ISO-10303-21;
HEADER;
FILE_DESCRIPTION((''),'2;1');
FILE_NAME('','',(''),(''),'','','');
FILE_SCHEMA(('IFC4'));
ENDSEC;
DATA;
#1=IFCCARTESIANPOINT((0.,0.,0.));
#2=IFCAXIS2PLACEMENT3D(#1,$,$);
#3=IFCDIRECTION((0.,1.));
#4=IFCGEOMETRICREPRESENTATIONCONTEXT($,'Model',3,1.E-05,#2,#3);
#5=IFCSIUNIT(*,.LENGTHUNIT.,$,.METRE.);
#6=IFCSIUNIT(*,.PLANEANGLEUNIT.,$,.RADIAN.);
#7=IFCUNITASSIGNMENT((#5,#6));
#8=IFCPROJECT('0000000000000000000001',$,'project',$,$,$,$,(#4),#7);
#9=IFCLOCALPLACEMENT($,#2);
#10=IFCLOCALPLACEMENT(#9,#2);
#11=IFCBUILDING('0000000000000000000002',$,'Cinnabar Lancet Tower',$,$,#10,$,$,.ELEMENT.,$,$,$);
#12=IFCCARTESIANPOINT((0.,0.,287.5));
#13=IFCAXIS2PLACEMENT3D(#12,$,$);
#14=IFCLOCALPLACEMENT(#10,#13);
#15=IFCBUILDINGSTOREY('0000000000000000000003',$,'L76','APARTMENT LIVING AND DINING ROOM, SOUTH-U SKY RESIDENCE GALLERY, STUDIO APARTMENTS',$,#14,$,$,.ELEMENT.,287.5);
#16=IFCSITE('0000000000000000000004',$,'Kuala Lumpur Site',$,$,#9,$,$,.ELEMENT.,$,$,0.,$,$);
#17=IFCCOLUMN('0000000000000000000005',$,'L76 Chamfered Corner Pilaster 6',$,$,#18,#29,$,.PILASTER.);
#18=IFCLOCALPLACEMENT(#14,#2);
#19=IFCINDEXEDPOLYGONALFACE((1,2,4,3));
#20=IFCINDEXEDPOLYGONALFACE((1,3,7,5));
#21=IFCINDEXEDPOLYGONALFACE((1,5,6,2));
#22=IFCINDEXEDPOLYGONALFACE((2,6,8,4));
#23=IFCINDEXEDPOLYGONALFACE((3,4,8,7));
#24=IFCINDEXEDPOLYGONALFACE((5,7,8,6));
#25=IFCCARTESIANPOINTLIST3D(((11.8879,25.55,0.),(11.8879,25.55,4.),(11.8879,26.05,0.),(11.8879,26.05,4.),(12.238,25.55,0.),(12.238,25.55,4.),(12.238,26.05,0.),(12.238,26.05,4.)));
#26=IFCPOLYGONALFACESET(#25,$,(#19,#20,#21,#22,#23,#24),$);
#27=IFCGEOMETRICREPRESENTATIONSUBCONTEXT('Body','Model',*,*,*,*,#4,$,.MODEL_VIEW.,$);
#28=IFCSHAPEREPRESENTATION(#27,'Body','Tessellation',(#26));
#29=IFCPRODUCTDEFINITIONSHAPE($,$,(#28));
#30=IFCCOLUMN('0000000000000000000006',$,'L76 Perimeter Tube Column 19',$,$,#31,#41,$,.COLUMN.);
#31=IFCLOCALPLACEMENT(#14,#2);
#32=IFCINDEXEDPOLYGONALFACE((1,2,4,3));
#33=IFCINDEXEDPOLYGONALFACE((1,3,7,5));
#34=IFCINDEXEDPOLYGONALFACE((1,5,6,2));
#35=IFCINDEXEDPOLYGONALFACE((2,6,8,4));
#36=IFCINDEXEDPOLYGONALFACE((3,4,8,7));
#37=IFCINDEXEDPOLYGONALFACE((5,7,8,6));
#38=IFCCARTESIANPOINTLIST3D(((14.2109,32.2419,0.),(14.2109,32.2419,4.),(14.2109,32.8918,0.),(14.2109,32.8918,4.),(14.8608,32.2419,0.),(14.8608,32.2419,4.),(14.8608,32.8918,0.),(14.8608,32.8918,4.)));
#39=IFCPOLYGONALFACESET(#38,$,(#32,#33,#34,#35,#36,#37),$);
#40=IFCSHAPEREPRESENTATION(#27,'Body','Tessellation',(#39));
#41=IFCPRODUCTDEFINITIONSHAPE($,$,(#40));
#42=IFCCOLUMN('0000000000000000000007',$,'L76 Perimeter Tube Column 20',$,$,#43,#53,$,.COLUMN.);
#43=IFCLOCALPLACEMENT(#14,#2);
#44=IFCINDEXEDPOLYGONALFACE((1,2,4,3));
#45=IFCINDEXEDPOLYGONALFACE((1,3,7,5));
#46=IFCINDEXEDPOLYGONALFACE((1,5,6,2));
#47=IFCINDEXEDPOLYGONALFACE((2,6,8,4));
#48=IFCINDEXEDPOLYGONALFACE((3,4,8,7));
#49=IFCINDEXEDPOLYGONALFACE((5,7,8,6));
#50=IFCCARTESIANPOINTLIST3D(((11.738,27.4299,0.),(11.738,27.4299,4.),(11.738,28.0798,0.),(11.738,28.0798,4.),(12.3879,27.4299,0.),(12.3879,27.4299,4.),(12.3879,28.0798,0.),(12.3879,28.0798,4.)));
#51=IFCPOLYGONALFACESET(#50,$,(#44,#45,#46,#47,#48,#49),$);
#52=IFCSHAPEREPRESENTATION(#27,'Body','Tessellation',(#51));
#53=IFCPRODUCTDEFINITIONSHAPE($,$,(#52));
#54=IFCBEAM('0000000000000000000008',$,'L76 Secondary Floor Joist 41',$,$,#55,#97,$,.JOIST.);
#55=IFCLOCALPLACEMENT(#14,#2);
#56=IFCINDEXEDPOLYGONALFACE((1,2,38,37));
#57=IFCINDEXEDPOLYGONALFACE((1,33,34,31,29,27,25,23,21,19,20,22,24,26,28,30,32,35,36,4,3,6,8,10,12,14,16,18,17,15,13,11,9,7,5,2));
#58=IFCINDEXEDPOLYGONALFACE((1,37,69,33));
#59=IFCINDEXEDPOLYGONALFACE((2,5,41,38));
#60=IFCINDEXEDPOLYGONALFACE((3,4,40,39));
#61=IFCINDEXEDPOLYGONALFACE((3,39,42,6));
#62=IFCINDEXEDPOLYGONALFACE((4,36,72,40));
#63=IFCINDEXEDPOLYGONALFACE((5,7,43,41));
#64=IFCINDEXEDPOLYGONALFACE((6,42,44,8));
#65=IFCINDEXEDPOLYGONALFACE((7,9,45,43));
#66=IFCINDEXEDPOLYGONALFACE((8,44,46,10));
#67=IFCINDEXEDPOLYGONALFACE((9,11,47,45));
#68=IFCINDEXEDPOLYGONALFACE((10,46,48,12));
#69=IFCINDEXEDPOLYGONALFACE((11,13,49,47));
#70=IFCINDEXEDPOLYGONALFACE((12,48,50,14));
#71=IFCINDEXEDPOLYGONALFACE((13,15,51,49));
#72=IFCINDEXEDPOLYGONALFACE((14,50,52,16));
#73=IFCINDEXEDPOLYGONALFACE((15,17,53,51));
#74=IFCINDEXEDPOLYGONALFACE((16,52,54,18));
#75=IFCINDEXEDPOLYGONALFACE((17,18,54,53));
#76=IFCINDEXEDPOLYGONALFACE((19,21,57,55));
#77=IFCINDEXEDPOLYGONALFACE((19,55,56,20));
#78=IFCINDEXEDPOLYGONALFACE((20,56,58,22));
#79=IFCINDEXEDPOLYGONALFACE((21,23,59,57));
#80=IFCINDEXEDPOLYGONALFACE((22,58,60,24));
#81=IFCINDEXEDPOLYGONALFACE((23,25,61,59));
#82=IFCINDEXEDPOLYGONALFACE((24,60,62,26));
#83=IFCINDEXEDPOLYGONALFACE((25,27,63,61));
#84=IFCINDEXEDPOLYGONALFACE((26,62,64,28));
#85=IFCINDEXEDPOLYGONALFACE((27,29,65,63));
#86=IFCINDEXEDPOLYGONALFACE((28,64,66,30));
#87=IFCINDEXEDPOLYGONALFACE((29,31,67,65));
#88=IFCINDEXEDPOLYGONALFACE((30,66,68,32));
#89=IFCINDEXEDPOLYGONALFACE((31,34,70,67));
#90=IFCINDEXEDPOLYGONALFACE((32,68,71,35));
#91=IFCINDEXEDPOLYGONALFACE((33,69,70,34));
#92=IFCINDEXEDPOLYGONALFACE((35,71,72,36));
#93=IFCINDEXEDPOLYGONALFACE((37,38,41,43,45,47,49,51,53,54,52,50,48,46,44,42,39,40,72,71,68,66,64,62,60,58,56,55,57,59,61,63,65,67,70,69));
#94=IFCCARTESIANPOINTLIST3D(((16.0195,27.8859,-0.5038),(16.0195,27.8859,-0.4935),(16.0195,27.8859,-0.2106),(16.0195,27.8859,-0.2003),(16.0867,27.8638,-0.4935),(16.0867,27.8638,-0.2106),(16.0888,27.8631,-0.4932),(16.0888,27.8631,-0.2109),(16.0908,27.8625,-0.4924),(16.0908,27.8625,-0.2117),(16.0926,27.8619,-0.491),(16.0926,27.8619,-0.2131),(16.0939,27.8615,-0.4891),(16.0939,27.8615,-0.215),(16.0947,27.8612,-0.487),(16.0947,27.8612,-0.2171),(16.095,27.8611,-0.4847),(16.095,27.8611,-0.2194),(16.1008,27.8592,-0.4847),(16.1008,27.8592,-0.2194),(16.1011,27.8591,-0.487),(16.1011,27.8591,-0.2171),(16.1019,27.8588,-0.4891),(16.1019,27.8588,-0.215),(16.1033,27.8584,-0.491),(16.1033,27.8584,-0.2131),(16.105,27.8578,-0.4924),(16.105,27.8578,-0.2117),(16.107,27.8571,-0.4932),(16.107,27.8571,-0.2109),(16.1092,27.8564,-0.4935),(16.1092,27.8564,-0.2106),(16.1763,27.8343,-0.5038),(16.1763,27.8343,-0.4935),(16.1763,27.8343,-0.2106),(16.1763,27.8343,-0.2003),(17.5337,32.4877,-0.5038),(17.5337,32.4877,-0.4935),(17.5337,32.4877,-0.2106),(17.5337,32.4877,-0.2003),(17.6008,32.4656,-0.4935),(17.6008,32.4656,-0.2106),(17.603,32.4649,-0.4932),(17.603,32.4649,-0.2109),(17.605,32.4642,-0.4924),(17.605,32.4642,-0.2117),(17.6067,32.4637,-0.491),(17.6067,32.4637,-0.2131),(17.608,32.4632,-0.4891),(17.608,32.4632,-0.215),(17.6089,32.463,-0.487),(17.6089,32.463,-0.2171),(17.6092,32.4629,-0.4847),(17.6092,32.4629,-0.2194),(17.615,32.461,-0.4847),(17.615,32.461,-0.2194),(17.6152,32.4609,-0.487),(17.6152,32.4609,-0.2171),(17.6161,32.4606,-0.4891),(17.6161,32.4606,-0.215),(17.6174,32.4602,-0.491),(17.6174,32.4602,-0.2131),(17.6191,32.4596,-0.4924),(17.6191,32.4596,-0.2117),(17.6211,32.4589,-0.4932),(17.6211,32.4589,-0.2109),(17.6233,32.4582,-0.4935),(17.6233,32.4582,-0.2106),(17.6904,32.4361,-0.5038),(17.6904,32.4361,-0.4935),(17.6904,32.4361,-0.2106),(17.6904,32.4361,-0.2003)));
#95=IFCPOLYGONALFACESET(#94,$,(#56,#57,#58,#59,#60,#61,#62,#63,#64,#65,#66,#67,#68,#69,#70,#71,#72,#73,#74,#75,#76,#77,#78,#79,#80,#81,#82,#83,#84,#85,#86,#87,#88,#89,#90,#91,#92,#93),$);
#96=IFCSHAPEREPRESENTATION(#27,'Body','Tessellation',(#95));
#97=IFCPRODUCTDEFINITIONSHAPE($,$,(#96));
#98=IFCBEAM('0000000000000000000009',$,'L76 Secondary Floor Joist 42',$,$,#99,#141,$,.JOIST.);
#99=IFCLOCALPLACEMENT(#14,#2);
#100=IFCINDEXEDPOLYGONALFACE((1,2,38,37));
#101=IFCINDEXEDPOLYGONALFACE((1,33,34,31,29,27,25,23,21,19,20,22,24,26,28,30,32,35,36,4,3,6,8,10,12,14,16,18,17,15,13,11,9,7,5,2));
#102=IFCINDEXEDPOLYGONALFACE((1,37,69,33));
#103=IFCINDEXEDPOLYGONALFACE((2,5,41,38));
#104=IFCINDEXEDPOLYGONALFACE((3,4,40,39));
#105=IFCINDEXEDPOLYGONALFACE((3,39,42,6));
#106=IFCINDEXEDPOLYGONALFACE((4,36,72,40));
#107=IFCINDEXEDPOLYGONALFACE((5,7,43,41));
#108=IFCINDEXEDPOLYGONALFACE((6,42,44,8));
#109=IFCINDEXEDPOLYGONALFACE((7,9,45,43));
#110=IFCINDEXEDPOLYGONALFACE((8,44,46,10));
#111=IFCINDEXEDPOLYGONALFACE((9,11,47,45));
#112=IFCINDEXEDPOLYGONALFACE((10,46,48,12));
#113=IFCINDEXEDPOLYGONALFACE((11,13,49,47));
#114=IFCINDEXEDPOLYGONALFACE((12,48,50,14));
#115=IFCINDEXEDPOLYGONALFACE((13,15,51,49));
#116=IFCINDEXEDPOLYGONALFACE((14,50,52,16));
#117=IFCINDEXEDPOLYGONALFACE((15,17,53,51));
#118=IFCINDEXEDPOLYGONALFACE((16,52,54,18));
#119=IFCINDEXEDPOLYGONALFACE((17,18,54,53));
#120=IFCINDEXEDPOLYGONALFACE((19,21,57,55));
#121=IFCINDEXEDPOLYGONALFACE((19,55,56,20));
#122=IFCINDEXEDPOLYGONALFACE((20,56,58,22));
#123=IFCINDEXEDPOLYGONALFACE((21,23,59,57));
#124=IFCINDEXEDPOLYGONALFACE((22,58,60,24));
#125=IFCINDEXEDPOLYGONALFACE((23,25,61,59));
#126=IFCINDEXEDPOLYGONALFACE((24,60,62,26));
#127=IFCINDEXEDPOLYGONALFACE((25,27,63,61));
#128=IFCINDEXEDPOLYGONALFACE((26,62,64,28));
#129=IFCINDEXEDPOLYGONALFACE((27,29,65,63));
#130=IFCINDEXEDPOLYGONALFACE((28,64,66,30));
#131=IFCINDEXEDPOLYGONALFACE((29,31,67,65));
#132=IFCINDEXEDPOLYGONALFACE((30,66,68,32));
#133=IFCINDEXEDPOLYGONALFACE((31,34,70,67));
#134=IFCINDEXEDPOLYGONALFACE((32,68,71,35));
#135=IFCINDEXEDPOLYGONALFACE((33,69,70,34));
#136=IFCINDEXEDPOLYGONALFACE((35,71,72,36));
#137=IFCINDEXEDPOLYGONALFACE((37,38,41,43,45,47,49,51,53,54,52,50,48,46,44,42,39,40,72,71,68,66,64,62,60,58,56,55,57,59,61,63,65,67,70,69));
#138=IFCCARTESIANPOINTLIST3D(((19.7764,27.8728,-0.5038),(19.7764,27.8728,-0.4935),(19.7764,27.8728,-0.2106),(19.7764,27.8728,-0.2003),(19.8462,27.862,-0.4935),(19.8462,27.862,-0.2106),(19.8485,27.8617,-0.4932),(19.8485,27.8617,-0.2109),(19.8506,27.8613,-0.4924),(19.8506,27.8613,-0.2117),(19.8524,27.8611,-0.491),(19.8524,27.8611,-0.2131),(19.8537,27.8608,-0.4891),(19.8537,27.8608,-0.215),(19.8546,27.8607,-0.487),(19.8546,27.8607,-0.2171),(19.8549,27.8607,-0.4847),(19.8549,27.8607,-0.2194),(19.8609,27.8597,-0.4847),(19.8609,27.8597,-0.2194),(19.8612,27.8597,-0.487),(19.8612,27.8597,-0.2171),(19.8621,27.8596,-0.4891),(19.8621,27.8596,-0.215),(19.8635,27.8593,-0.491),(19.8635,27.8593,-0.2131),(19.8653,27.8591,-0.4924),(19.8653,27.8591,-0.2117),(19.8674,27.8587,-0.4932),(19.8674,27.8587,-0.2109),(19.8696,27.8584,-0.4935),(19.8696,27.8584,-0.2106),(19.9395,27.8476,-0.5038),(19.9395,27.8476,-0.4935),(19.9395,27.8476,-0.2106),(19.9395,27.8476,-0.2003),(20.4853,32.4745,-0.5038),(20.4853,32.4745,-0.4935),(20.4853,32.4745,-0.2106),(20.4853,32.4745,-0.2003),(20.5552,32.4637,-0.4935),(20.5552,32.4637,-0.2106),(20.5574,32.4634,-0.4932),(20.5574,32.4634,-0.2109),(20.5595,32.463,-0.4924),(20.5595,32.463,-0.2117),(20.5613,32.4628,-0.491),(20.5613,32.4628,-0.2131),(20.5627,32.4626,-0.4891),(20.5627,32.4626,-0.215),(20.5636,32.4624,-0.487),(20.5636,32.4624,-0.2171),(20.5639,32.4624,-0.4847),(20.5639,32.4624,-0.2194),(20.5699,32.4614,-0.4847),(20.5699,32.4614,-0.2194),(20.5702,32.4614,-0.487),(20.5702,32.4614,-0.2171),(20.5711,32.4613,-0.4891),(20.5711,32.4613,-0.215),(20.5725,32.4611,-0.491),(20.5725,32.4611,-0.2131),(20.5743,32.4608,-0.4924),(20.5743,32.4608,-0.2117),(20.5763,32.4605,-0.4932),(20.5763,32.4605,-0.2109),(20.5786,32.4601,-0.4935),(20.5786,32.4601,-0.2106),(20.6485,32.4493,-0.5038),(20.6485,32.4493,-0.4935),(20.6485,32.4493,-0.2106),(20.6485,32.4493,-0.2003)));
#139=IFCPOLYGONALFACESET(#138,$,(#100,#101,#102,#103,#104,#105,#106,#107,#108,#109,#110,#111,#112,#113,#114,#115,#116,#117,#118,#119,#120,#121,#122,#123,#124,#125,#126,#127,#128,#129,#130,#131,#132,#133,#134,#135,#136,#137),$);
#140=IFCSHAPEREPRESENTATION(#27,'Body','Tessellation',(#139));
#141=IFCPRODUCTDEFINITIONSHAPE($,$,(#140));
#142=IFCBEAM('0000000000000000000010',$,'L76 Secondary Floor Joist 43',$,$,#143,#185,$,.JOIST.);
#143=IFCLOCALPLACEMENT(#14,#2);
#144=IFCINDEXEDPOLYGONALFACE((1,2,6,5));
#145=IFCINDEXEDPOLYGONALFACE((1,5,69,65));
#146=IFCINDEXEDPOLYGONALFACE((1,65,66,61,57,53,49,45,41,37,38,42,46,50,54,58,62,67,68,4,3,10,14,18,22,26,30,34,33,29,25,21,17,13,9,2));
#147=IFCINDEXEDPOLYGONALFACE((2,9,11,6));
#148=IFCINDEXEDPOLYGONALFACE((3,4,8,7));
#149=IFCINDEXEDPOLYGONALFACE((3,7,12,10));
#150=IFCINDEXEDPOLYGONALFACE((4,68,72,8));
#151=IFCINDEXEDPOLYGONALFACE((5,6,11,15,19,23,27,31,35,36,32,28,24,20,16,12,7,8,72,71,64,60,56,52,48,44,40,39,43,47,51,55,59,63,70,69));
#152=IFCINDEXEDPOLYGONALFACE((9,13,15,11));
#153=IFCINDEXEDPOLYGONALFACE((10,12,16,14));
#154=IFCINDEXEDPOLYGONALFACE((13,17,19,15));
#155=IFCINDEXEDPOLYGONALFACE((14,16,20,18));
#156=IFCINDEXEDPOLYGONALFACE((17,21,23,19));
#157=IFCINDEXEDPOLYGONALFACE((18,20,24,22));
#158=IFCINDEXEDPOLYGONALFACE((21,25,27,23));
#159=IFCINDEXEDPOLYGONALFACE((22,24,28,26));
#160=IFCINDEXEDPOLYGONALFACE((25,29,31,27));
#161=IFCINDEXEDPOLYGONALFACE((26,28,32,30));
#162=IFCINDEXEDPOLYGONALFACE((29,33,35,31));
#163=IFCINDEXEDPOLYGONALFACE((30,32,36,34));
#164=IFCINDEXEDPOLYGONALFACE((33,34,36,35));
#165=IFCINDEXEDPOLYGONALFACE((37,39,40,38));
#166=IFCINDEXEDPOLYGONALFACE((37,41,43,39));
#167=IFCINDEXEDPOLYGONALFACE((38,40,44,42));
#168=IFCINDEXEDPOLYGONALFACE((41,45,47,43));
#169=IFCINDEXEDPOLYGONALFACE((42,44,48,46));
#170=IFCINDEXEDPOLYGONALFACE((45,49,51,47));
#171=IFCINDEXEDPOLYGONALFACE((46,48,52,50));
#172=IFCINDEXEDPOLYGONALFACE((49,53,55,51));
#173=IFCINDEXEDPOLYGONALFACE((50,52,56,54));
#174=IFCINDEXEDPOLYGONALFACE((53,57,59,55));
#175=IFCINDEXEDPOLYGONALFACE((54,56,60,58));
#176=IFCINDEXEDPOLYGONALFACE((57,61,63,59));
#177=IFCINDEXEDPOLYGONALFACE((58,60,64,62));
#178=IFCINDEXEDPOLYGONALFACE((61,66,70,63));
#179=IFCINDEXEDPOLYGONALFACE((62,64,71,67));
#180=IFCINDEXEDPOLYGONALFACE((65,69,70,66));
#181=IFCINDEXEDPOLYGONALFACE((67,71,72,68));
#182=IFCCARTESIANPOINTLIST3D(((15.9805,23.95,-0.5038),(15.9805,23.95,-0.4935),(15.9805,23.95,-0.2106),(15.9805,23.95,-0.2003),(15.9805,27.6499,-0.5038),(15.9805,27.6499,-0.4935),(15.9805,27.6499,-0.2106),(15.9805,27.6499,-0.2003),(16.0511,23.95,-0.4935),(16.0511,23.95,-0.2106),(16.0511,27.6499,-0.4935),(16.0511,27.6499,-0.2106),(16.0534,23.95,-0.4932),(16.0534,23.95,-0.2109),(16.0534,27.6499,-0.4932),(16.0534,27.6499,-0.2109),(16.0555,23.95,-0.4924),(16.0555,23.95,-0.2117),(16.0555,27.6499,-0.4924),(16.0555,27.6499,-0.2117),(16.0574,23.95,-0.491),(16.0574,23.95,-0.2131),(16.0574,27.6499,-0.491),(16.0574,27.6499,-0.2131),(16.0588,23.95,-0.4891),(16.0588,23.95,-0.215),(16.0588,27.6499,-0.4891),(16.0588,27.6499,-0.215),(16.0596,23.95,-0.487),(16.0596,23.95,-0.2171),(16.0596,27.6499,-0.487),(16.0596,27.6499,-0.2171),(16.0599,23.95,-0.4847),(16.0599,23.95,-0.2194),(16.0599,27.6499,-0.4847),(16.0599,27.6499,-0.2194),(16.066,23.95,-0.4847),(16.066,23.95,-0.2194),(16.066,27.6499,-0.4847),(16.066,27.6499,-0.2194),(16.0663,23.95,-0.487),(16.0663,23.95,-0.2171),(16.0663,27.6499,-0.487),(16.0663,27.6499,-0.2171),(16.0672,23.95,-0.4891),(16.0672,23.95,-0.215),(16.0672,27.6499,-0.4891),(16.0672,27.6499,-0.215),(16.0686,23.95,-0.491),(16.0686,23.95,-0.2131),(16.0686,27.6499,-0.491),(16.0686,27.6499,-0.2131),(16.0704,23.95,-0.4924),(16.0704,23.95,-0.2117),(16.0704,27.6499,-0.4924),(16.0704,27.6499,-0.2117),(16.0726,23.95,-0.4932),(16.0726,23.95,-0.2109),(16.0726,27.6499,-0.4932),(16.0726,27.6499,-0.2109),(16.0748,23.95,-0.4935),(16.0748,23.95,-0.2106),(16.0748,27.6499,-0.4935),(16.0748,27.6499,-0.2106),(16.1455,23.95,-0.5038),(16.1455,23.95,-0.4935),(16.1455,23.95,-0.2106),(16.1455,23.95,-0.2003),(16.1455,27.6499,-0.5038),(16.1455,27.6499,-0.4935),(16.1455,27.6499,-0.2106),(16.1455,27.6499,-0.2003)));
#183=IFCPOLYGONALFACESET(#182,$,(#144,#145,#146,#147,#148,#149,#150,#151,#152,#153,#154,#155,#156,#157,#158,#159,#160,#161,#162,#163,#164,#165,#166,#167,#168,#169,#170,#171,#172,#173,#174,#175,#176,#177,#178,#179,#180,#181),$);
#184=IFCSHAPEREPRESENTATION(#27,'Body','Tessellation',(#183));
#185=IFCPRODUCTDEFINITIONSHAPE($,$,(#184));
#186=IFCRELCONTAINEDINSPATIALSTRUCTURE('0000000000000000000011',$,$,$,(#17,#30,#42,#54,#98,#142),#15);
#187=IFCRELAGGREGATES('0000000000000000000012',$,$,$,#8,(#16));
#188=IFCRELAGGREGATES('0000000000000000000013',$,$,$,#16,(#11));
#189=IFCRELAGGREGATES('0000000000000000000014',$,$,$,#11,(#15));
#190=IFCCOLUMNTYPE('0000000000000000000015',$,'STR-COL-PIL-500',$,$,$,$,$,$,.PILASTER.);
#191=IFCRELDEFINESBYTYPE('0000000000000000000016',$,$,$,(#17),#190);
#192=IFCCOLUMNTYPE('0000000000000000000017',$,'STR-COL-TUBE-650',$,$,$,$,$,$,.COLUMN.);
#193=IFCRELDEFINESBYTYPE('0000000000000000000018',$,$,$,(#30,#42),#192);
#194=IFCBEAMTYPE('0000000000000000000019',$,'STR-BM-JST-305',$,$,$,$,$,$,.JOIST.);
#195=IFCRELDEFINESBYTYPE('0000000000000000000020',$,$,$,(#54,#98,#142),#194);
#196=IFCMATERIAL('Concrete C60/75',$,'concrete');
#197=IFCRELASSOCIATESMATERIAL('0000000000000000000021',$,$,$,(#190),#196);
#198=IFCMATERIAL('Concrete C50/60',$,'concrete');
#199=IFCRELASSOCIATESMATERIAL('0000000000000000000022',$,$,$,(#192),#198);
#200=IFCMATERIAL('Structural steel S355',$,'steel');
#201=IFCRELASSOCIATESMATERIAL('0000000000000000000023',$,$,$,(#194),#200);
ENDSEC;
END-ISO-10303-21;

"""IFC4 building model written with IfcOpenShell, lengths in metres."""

from ifc_helpers import new_model, si_unit, direction, frame, origin, origin_2d, place, context, subcontext, project, spatial, rectangle, i_section, extrude, material, material_profile, profile_set, type_object, element, save


model = new_model("IFC4")

# Units and contexts
model_context = context("Model", 3, precision=1e-05, world=origin(), true_north=direction((0.0, 1.0)))
body_context = subcontext(model_context, "Body", "Model", "MODEL_VIEW")
ifc_project = project(units=[si_unit("LENGTHUNIT", "METRE"), si_unit("PLANEANGLEUNIT", "RADIAN")], contexts=[model_context])

# Site, building, storey
site_placement = place(None, origin())
site = spatial("IfcSite", under=ifc_project, at=site_placement, Name="Kuala Lumpur Site", CompositionType="ELEMENT", RefElevation=0.0)
building_placement = place(site_placement, origin())
building = spatial("IfcBuilding", under=site, at=building_placement, Name="Cinnabar Lancet Tower", CompositionType="ELEMENT")
storey_placement = place(building_placement, frame((0.0, 0.0, 287.5)))
storey = spatial("IfcBuildingStorey", under=building, at=storey_placement, Name="L76", Description="APARTMENT LIVING AND DINING ROOM, SOUTH-U SKY RESIDENCE GALLERY, STUDIO APARTMENTS", CompositionType="ELEMENT", Elevation=287.5)

# Columns
ifc_material_1 = material(Name="Concrete C60/75", Category="concrete")
ifc_material_profile_1 = material_profile(ifc_material_1, rectangle(XDim=0.5, YDim=0.3501, at=origin_2d()), Name="RC-PIL 500x350")
ifc_profile_set_1 = profile_set([ifc_material_profile_1], Name="Concrete C60/75")
column_type_1 = type_object("IfcColumnType", Name="STR-COL-PIL-500", PredefinedType="PILASTER", material=ifc_profile_set_1)
column_placement = place(storey_placement, frame((12.063, 25.8, 0.0), z_axis=(0.0, 0.0, 1.0), x_axis=(0.0, -1.0, 0.0)))
element("IfcColumn", 1, at=column_placement, inside=storey, type_object=column_type_1, Name="L76 Chamfered Corner Pilaster 6", PredefinedType="PILASTER", context=body_context, shape_type="SweptSolid", body=[
    extrude(rectangle(XDim=0.5, YDim=0.3501, at=origin_2d()), origin(), (0.0, 0.0, 1.0), 4.0),
])
ifc_material_2 = material(Name="Concrete C50/60", Category="concrete")
ifc_material_profile_2 = material_profile(ifc_material_2, rectangle(XDim=0.6499, YDim=0.6499, at=origin_2d()), Name="RC-COL 650x650")
ifc_profile_set_2 = profile_set([ifc_material_profile_2], Name="Concrete C50/60")
column_type_2 = type_object("IfcColumnType", Name="STR-COL-TUBE-650", PredefinedType="COLUMN", material=ifc_profile_set_2)
for number, where, z_axis, x_axis, name in (
    (2, (14.5359, 32.5669, 0.0), (0.0, 0.0, 1.0), (1.0, 0.0, 0.0), "L76 Perimeter Tube Column 19"),
    (3, (12.063, 27.7549, 0.0), (0.0, 0.0, 1.0), (1.0, 0.0, 0.0), "L76 Perimeter Tube Column 20"),
):
    element("IfcColumn", number, at=place(storey_placement, frame(where, z_axis=z_axis, x_axis=x_axis)), inside=storey, type_object=column_type_2, Name=name, PredefinedType="COLUMN", context=body_context, shape_type="SweptSolid", body=[
        extrude(rectangle(XDim=0.6499, YDim=0.6499, at=origin_2d()), origin(), (0.0, 0.0, 1.0), 4.0),
    ])

# Beams
ifc_material_3 = material(Name="Structural steel S355", Category="steel")
ifc_material_profile_3 = material_profile(ifc_material_3, i_section(OverallWidth=0.165, OverallDepth=0.3035, WebThickness=0.0061, FlangeThickness=0.0103, FilletRadius=0.0088, at=origin_2d()), Name="UKB 305x165x40")
ifc_profile_set_3 = profile_set([ifc_material_profile_3], Name="Structural steel S355")
beam_type_1 = type_object("IfcBeamType", Name="STR-BM-JST-305", PredefinedType="JOIST", material=ifc_profile_set_3)
beam_1_placement = place(storey_placement, frame((17.6121, 32.4619, -0.3521), z_axis=(-0.312552, -0.949901, 0.0), x_axis=(0.949901, -0.312552, 0.0)))
element("IfcBeam", 4, at=beam_1_placement, inside=storey, type_object=beam_type_1, Name="L76 Secondary Floor Joist 41", PredefinedType="JOIST", context=body_context, shape_type="SweptSolid", body=[
    extrude(i_section(OverallWidth=0.165, OverallDepth=0.3035, WebThickness=0.0061, FlangeThickness=0.0103, FilletRadius=0.0088, at=origin_2d()), origin(), (0.0, 0.0, 1.0), 4.8445),
])
beam_2_placement = place(storey_placement, frame((20.5669, 32.4619, -0.3521), z_axis=(-0.15227, -0.988339, 0.0), x_axis=(0.988339, -0.15227, 0.0)))
element("IfcBeam", 5, at=beam_2_placement, inside=storey, type_object=beam_type_1, Name="L76 Secondary Floor Joist 42", PredefinedType="JOIST", context=body_context, shape_type="SweptSolid", body=[
    extrude(i_section(OverallWidth=0.165, OverallDepth=0.3035, WebThickness=0.0061, FlangeThickness=0.0103, FilletRadius=0.0088, at=origin_2d()), origin(), (0.0, 0.0, 1.0), 4.656),
])
for number, where, z_axis, x_axis, name in (
    (6, (16.063, 27.6499, -0.3521), (0.0, -1.0, 0.0), (1.0, 0.0, 0.0), "L76 Secondary Floor Joist 43"),
):
    element("IfcBeam", number, at=place(storey_placement, frame(where, z_axis=z_axis, x_axis=x_axis)), inside=storey, type_object=beam_type_1, Name=name, PredefinedType="JOIST", context=body_context, shape_type="SweptSolid", body=[
        extrude(i_section(OverallWidth=0.165, OverallDepth=0.3035, WebThickness=0.0061, FlangeThickness=0.0103, FilletRadius=0.0088, at=origin_2d()), origin(), (0.0, 0.0, 1.0), 3.7),
    ])

save(model, "model.ifc")
